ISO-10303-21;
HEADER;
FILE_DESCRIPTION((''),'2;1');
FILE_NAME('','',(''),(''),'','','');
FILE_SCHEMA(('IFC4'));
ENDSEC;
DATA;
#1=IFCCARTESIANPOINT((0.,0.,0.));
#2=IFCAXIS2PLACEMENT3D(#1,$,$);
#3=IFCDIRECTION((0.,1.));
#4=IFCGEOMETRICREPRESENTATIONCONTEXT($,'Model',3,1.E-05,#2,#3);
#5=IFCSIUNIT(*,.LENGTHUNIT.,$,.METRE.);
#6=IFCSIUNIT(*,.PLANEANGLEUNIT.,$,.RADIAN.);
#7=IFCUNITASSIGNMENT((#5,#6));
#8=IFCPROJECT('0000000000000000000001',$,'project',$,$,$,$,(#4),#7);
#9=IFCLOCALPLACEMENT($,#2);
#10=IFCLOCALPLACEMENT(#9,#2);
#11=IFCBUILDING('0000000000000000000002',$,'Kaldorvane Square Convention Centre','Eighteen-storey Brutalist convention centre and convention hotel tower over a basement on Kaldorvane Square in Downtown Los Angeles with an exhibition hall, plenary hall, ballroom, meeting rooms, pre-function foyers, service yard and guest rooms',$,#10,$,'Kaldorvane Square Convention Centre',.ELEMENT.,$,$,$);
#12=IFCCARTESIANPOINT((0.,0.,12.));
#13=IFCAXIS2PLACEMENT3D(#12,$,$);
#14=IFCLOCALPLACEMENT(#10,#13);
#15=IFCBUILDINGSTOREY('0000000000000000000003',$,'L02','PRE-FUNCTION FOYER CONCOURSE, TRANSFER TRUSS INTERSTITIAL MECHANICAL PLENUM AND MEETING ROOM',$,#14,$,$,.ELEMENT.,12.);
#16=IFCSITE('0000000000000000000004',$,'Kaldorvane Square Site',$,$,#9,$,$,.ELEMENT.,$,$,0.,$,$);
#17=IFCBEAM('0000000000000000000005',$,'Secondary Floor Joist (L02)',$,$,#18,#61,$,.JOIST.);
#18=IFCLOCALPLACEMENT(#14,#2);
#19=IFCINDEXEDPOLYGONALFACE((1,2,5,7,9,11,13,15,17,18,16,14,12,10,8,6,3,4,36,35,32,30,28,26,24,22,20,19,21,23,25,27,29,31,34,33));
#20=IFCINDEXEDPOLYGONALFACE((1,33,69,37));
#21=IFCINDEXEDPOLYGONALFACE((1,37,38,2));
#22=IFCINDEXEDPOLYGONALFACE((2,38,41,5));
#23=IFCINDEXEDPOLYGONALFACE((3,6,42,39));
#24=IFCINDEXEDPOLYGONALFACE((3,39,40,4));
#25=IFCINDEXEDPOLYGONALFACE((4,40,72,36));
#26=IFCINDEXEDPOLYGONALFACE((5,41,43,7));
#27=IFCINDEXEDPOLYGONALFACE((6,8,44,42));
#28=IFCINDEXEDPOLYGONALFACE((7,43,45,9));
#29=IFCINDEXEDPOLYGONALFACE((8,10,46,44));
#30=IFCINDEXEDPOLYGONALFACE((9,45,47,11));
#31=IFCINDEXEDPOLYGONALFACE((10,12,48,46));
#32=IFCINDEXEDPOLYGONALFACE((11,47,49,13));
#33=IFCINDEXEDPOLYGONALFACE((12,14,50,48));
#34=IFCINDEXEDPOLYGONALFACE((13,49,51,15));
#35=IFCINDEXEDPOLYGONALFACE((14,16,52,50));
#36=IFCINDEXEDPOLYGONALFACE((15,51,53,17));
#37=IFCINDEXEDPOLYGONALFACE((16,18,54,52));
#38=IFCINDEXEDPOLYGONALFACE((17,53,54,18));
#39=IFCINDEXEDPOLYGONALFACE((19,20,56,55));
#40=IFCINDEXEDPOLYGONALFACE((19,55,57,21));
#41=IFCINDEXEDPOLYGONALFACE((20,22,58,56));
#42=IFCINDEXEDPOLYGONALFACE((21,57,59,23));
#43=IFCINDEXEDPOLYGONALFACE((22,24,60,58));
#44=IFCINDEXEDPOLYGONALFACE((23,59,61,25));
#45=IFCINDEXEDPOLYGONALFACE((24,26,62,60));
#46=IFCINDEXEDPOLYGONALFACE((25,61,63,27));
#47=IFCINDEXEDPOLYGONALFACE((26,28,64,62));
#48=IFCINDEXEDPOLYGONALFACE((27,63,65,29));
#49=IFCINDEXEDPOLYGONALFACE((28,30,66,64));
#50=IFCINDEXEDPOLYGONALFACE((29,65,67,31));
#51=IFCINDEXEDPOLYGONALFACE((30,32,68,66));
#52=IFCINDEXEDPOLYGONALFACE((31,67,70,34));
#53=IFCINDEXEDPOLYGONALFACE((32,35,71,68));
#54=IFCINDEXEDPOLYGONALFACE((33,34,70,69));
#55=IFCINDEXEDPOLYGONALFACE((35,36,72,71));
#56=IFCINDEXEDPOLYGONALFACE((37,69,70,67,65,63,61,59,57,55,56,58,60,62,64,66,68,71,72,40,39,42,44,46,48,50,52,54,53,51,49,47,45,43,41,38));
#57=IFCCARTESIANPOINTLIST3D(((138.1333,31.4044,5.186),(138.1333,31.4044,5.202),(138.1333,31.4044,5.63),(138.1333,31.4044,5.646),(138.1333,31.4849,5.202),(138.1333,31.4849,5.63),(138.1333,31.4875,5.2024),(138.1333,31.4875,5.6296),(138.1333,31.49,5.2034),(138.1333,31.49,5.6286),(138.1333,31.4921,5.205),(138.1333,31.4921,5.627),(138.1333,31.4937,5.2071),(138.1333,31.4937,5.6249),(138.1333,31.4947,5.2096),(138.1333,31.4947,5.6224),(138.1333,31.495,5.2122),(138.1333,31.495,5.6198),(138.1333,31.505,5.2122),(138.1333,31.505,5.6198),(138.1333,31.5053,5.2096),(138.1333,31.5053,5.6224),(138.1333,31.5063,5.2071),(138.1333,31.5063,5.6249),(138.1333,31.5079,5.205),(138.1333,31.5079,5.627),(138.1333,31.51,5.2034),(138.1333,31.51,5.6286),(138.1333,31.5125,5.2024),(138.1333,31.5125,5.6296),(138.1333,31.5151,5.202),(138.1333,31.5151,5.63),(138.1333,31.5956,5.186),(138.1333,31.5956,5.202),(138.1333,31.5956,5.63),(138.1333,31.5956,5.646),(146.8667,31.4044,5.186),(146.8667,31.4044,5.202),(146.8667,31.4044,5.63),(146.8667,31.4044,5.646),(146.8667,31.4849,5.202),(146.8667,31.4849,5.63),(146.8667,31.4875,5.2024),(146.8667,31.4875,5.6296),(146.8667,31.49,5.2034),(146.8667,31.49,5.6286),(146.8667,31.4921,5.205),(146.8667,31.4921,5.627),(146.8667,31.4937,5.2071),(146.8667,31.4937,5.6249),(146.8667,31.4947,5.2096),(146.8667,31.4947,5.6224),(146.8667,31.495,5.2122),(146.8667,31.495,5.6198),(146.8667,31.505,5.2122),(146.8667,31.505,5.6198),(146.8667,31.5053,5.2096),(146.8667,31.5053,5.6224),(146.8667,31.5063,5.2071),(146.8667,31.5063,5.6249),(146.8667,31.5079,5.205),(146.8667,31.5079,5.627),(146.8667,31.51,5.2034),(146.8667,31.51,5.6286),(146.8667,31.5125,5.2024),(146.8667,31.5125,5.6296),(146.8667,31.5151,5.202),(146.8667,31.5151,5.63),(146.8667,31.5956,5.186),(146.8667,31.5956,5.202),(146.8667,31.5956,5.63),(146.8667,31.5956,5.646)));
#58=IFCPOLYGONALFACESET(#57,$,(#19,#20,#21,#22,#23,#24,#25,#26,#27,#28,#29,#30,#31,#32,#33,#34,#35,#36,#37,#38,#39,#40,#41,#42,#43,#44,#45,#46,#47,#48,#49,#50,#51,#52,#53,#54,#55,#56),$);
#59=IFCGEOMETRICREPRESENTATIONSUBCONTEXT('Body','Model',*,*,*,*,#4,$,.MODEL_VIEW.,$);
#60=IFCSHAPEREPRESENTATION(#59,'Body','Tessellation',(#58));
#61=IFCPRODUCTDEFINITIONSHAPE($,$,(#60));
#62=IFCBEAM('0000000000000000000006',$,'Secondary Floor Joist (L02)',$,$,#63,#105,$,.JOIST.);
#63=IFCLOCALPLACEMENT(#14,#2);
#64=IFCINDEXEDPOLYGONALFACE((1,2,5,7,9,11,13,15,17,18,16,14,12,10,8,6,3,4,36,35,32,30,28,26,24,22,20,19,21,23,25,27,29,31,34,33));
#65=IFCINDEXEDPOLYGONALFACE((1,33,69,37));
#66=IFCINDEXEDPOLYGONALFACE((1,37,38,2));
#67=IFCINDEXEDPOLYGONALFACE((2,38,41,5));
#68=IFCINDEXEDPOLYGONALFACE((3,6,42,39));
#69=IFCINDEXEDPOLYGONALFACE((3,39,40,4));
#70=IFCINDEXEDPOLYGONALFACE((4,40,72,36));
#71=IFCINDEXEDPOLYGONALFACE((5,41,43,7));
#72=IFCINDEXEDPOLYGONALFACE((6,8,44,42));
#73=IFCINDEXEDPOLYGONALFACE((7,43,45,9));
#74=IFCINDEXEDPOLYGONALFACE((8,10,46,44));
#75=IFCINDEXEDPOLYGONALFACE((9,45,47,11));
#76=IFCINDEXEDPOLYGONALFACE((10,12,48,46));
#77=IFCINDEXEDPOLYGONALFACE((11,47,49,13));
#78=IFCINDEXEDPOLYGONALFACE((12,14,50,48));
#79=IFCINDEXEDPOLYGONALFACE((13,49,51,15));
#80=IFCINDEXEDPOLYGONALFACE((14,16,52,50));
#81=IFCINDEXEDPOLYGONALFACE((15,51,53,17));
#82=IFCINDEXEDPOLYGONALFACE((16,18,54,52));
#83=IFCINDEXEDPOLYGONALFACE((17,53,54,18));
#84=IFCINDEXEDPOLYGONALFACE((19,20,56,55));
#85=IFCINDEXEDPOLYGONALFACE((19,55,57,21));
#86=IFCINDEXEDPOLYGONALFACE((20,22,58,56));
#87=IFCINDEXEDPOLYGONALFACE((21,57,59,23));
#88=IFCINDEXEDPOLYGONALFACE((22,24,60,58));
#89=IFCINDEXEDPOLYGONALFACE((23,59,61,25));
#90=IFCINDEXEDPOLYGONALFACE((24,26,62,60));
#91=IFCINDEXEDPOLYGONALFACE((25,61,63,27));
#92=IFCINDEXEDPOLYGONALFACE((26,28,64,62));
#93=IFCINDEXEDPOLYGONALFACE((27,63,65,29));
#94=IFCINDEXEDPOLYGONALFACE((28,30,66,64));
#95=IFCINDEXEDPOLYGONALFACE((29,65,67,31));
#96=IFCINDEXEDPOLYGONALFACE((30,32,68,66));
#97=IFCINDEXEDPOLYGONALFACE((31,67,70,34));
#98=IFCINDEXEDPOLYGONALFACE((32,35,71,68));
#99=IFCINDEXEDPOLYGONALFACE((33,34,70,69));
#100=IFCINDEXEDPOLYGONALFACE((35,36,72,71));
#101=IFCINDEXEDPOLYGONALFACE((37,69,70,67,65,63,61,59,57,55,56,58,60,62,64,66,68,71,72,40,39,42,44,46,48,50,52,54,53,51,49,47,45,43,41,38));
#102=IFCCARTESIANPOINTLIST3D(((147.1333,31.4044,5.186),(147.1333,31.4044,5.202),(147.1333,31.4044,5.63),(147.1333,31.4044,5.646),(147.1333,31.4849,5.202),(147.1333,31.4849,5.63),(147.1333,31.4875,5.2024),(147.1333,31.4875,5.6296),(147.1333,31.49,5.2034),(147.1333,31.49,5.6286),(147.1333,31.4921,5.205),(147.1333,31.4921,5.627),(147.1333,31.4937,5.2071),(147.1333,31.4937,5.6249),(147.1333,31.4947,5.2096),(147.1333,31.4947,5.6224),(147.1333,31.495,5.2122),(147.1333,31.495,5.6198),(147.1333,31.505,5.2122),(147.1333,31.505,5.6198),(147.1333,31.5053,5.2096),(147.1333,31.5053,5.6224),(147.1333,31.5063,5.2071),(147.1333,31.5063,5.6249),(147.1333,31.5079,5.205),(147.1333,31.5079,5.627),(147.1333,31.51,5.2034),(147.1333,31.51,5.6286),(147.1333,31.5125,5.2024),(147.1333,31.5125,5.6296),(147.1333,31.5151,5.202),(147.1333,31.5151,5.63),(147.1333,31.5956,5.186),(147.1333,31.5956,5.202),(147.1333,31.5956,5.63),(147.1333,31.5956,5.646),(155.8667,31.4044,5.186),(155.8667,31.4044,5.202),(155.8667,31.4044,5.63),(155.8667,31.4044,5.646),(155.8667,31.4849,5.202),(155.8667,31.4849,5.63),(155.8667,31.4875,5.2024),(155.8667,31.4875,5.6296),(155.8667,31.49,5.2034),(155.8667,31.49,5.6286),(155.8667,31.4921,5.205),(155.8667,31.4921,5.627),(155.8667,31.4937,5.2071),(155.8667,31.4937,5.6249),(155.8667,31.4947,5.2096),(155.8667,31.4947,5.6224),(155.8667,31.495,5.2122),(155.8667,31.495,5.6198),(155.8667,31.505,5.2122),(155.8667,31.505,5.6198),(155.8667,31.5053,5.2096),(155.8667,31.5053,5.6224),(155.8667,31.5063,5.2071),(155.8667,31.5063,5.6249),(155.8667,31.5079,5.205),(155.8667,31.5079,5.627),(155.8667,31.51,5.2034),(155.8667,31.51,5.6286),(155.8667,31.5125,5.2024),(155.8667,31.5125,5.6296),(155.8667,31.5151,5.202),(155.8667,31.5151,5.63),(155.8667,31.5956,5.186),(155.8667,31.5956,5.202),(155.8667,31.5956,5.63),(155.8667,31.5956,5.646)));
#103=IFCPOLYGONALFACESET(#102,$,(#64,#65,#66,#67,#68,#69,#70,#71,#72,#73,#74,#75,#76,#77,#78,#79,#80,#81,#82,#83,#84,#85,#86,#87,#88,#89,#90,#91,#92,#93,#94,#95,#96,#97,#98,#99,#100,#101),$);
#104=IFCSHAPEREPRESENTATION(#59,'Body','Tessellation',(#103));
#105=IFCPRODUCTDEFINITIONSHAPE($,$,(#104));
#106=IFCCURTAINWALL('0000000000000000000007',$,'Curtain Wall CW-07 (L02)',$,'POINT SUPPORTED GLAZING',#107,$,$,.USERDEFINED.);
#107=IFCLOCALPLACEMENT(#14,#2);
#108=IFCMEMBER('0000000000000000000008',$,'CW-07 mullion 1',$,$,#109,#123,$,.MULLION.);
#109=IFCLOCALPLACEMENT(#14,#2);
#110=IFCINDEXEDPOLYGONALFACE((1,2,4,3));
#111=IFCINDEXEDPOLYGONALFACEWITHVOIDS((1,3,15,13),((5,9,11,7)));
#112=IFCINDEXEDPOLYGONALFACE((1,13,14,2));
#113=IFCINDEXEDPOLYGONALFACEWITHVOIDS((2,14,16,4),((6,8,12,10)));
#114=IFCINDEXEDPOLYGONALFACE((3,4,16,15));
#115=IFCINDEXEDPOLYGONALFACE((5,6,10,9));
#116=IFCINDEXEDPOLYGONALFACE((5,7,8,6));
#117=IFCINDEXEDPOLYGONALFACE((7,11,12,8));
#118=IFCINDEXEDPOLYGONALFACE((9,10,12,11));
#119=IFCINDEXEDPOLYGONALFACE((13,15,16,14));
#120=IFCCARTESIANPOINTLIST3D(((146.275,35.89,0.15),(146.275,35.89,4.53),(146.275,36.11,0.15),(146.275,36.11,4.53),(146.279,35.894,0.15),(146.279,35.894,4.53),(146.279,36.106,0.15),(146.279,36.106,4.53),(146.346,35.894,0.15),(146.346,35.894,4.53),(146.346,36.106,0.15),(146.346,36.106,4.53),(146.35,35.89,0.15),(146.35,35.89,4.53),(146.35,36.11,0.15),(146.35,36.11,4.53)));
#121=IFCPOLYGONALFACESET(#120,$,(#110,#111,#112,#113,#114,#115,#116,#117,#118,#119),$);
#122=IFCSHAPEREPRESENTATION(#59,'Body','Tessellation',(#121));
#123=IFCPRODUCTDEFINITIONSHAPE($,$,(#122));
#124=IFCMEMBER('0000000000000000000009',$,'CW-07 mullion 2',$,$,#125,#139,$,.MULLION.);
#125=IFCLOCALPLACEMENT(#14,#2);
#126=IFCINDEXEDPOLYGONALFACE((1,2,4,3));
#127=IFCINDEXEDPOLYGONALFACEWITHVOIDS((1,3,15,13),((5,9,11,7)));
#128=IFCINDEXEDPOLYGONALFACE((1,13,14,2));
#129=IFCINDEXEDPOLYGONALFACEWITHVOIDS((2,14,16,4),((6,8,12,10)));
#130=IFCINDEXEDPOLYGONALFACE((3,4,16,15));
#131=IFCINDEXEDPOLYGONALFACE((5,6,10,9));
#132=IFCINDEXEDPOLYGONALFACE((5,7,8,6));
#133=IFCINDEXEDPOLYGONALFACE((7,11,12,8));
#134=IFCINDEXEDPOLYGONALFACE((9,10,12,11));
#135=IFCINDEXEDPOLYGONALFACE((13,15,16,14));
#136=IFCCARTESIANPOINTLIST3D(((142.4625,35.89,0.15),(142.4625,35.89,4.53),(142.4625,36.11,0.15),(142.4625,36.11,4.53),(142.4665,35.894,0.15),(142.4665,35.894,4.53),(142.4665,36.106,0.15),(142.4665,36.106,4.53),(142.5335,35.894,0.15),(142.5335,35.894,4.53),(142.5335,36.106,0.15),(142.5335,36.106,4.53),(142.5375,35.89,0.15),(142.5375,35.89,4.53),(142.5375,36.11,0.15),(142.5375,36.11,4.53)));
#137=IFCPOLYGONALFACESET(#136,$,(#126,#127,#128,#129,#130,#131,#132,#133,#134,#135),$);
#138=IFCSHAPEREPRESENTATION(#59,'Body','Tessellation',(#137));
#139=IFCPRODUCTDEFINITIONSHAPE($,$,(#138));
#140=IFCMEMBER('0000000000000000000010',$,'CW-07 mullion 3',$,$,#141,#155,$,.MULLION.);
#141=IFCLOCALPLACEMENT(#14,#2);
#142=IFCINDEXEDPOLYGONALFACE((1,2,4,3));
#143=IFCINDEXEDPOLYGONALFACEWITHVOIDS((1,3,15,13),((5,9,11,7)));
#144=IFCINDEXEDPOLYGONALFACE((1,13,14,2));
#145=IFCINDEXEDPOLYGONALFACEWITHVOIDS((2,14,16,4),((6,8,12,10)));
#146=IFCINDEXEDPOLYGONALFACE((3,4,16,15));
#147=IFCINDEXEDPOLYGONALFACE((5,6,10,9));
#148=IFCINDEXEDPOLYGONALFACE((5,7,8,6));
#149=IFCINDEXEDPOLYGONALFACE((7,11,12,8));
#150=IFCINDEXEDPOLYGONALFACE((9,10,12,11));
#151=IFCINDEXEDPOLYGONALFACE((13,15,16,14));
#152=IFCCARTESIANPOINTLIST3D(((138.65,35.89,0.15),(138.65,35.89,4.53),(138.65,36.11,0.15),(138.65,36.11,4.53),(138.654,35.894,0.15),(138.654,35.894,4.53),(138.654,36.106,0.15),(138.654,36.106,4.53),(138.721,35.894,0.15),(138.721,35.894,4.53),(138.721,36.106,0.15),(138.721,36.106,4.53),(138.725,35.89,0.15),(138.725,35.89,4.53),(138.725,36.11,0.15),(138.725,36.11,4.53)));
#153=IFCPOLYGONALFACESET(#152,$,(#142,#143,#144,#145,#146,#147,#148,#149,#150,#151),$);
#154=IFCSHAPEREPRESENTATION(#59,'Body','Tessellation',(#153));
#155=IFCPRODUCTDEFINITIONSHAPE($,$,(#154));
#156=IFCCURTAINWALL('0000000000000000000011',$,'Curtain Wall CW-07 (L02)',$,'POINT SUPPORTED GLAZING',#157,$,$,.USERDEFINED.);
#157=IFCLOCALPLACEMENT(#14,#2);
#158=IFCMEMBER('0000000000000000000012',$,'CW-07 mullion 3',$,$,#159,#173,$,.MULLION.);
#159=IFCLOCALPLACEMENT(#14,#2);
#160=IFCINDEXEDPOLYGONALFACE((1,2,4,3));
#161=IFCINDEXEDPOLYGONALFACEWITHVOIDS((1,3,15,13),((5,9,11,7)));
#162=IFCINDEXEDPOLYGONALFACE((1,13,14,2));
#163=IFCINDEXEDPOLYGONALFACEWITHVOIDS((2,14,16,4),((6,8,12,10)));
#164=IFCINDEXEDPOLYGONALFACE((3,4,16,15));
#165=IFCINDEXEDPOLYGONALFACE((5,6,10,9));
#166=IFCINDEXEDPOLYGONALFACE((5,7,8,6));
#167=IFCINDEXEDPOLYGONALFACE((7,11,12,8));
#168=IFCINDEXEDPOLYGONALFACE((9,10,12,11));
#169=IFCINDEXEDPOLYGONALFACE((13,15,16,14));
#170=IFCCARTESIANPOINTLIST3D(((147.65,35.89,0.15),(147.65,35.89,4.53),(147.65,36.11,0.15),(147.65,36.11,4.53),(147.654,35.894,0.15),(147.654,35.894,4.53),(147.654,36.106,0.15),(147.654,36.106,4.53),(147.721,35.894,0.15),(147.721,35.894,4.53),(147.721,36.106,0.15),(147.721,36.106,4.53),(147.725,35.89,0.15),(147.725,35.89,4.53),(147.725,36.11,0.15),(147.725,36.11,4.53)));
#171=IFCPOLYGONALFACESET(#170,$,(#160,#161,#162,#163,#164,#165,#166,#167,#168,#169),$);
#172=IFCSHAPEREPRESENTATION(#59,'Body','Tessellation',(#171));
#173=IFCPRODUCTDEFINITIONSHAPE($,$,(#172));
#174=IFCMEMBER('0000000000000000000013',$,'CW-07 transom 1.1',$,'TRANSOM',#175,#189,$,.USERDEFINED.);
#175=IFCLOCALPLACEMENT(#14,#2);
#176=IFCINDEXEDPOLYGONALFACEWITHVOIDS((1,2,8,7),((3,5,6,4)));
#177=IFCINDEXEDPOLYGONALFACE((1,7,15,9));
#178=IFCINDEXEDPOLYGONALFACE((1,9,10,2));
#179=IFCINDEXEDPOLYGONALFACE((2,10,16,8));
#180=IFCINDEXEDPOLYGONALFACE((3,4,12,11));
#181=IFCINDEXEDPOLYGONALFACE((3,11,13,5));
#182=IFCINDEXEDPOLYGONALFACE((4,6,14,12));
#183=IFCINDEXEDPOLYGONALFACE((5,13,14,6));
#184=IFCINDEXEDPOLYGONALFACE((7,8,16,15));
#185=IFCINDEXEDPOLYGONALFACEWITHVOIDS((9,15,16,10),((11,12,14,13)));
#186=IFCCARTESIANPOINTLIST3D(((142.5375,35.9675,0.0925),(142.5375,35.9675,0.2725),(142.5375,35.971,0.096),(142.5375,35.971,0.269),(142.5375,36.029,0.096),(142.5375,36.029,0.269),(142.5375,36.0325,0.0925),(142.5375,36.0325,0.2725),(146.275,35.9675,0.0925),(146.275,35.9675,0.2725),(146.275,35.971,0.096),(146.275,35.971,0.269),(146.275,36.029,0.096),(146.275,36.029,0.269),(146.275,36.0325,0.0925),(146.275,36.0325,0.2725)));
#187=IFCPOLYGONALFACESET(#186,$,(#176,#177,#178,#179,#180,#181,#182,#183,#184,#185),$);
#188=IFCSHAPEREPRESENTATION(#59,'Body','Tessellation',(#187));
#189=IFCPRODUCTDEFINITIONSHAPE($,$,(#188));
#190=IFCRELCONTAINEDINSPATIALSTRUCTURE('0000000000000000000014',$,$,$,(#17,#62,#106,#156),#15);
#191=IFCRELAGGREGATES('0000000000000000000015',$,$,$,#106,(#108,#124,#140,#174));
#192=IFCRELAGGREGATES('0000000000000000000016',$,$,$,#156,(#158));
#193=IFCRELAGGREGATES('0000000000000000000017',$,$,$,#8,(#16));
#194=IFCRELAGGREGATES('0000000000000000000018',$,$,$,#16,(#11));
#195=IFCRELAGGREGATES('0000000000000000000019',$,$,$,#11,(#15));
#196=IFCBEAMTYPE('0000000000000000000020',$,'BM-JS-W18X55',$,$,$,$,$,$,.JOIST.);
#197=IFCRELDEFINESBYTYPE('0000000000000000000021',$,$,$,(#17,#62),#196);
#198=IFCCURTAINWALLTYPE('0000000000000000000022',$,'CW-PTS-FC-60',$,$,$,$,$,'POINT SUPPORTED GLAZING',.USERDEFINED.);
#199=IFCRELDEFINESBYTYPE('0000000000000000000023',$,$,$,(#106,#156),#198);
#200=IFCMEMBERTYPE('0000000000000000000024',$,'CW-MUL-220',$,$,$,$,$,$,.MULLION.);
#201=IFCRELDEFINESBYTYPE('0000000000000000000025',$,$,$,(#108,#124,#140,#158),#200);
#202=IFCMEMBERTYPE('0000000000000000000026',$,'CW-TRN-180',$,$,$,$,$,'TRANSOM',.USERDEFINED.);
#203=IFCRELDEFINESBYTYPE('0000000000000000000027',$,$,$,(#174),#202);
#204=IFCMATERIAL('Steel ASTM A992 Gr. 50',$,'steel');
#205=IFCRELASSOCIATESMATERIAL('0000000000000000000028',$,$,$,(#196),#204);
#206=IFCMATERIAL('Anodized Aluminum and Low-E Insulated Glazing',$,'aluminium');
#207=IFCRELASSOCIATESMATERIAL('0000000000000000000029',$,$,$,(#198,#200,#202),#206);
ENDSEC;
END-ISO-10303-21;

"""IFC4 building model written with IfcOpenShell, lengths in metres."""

from ifc_helpers import new_model, si_unit, direction, frame, origin, origin_2d, place, context, subcontext, project, spatial, hollow_rectangle, i_section, extrude, material, material_profile, profile_set, type_object, element, aggregate, save


model = new_model("IFC4")

# Units and contexts
model_context = context("Model", 3, precision=1e-05, world=origin(), true_north=direction((0.0, 1.0)))
body_context = subcontext(model_context, "Body", "Model", "MODEL_VIEW")
ifc_project = project(units=[si_unit("LENGTHUNIT", "METRE"), si_unit("PLANEANGLEUNIT", "RADIAN")], contexts=[model_context])

# Site, building, storey
site_placement = place(None, origin())
site = spatial("IfcSite", under=ifc_project, at=site_placement, Name="Kaldorvane Square Site", CompositionType="ELEMENT", RefElevation=0.0)
building_placement = place(site_placement, origin())
building = spatial("IfcBuilding", under=site, at=building_placement, Name="Kaldorvane Square Convention Centre", Description="Eighteen-storey Brutalist convention centre and convention hotel tower over a basement on Kaldorvane Square in Downtown Los Angeles with an exhibition hall, plenary hall, ballroom, meeting rooms, pre-function foyers, service yard and guest rooms", LongName="Kaldorvane Square Convention Centre", CompositionType="ELEMENT")
storey_placement = place(building_placement, frame((0.0, 0.0, 12.0)))
storey = spatial("IfcBuildingStorey", under=building, at=storey_placement, Name="L02", Description="PRE-FUNCTION FOYER CONCOURSE, TRANSFER TRUSS INTERSTITIAL MECHANICAL PLENUM AND MEETING ROOM", CompositionType="ELEMENT", Elevation=12.0)

# Shared definitions
ifc_material_1 = material(Name="Steel ASTM A992 Gr. 50", Category="steel")

# Beams
ifc_material_profile_1 = material_profile(ifc_material_1, i_section(OverallWidth=0.1913, OverallDepth=0.46, WebThickness=0.0099, FlangeThickness=0.016, FilletRadius=0.0102, at=origin_2d()), Name="W18X55")
ifc_profile_set_1 = profile_set([ifc_material_profile_1], Name="Steel ASTM A992 Gr. 50")
beam_type_1 = type_object("IfcBeamType", Name="BM-JS-W18X55", PredefinedType="JOIST", material=ifc_profile_set_1)
for number, where, z_axis, x_axis, name in (
    (1, (138.1333, 31.5, 5.416), (1.0, 0.0, 0.0), (0.0, 1.0, 0.0), "Secondary Floor Joist (L02)"),
    (2, (147.1333, 31.5, 5.416), (1.0, 0.0, 0.0), (0.0, 1.0, 0.0), "Secondary Floor Joist (L02)"),
):
    element("IfcBeam", number, at=place(storey_placement, frame(where, z_axis=z_axis, x_axis=x_axis)), inside=storey, type_object=beam_type_1, Name=name, PredefinedType="JOIST", context=body_context, shape_type="SweptSolid", body=[
        extrude(i_section(OverallWidth=0.1913, OverallDepth=0.46, WebThickness=0.0099, FlangeThickness=0.016, FilletRadius=0.0102, at=origin_2d()), origin(), (0.0, 0.0, 1.0), 8.7334),
    ])

# Curtain wall, members
ifc_material_2 = material(Name="Anodized Aluminum and Low-E Insulated Glazing", Category="aluminium")
curtain_wall_type = type_object("IfcCurtainWallType", Name="CW-PTS-FC-60", ElementType="POINT SUPPORTED GLAZING", PredefinedType="USERDEFINED", material=ifc_material_2)
curtain_wall_1_placement = place(storey_placement, origin())
curtain_wall_1 = element("IfcCurtainWall", 3, at=curtain_wall_1_placement, inside=storey, type_object=curtain_wall_type, Name="Curtain Wall CW-07 (L02)", ObjectType="POINT SUPPORTED GLAZING", PredefinedType="USERDEFINED")
ifc_material_profile_2 = material_profile(ifc_material_2, hollow_rectangle(XDim=0.075, YDim=0.22, WallThickness=0.004, at=origin_2d()), Name="CWM-220X75")
ifc_profile_set_2 = profile_set([ifc_material_profile_2], Name="Anodized Aluminum and Low-E Insulated Glazing")
member_type_1 = type_object("IfcMemberType", Name="CW-MUL-220", PredefinedType="MULLION", material=ifc_profile_set_2)
member_1_placement = place(storey_placement, frame((146.3125, 36.0, 0.15), z_axis=(0.0, 0.0, 1.0), x_axis=(-1.0, 0.0, 0.0)))
member_1 = element("IfcMember", 4, at=member_1_placement, type_object=member_type_1, Name="CW-07 mullion 1", PredefinedType="MULLION", context=body_context, shape_type="SweptSolid", body=[
    extrude(hollow_rectangle(XDim=0.075, YDim=0.22, WallThickness=0.004, at=origin_2d()), origin(), (0.0, 0.0, 1.0), 4.38),
])
member_2_placement = place(storey_placement, frame((142.5, 36.0, 0.15), z_axis=(0.0, 0.0, 1.0), x_axis=(-1.0, 0.0, 0.0)))
member_2 = element("IfcMember", 5, at=member_2_placement, type_object=member_type_1, Name="CW-07 mullion 2", PredefinedType="MULLION", context=body_context, shape_type="SweptSolid", body=[
    extrude(hollow_rectangle(XDim=0.075, YDim=0.22, WallThickness=0.004, at=origin_2d()), origin(), (0.0, 0.0, 1.0), 4.38),
])
member_3_placement = place(storey_placement, frame((138.6875, 36.0, 0.15), z_axis=(0.0, 0.0, 1.0), x_axis=(-1.0, 0.0, 0.0)))
member_3 = element("IfcMember", 6, at=member_3_placement, type_object=member_type_1, Name="CW-07 mullion 3", PredefinedType="MULLION", context=body_context, shape_type="SweptSolid", body=[
    extrude(hollow_rectangle(XDim=0.075, YDim=0.22, WallThickness=0.004, at=origin_2d()), origin(), (0.0, 0.0, 1.0), 4.38),
])

# Curtain wall, member
curtain_wall_2_placement = place(storey_placement, origin())
curtain_wall_2 = element("IfcCurtainWall", 7, at=curtain_wall_2_placement, inside=storey, type_object=curtain_wall_type, Name="Curtain Wall CW-07 (L02)", ObjectType="POINT SUPPORTED GLAZING", PredefinedType="USERDEFINED")
member_4_placement = place(storey_placement, frame((147.6875, 36.0, 0.15), z_axis=(0.0, 0.0, 1.0), x_axis=(-1.0, 0.0, 0.0)))
member_4 = element("IfcMember", 8, at=member_4_placement, type_object=member_type_1, Name="CW-07 mullion 3", PredefinedType="MULLION", context=body_context, shape_type="SweptSolid", body=[
    extrude(hollow_rectangle(XDim=0.075, YDim=0.22, WallThickness=0.004, at=origin_2d()), origin(), (0.0, 0.0, 1.0), 4.38),
])

# Member
ifc_material_profile_3 = material_profile(ifc_material_2, hollow_rectangle(XDim=0.065, YDim=0.18, WallThickness=0.0035, at=origin_2d()), Name="CWT-180X65")
ifc_profile_set_3 = profile_set([ifc_material_profile_3], Name="Anodized Aluminum and Low-E Insulated Glazing")
member_type_2 = type_object("IfcMemberType", Name="CW-TRN-180", ElementType="TRANSOM", PredefinedType="USERDEFINED", material=ifc_profile_set_3)
member_5_placement = place(storey_placement, frame((146.275, 36.0, 0.1825), z_axis=(-1.0, 0.0, 0.0), x_axis=(0.0, -1.0, 0.0)))
member_5 = element("IfcMember", 9, at=member_5_placement, type_object=member_type_2, Name="CW-07 transom 1.1", ObjectType="TRANSOM", PredefinedType="USERDEFINED", context=body_context, shape_type="SweptSolid", body=[
    extrude(hollow_rectangle(XDim=0.065, YDim=0.18, WallThickness=0.0035, at=origin_2d()), origin(), (0.0, 0.0, 1.0), 3.7375),
])

aggregate(curtain_wall_1, [member_1, member_2, member_3, member_5])
aggregate(curtain_wall_2, [member_4])

save(model, "model.ifc")
